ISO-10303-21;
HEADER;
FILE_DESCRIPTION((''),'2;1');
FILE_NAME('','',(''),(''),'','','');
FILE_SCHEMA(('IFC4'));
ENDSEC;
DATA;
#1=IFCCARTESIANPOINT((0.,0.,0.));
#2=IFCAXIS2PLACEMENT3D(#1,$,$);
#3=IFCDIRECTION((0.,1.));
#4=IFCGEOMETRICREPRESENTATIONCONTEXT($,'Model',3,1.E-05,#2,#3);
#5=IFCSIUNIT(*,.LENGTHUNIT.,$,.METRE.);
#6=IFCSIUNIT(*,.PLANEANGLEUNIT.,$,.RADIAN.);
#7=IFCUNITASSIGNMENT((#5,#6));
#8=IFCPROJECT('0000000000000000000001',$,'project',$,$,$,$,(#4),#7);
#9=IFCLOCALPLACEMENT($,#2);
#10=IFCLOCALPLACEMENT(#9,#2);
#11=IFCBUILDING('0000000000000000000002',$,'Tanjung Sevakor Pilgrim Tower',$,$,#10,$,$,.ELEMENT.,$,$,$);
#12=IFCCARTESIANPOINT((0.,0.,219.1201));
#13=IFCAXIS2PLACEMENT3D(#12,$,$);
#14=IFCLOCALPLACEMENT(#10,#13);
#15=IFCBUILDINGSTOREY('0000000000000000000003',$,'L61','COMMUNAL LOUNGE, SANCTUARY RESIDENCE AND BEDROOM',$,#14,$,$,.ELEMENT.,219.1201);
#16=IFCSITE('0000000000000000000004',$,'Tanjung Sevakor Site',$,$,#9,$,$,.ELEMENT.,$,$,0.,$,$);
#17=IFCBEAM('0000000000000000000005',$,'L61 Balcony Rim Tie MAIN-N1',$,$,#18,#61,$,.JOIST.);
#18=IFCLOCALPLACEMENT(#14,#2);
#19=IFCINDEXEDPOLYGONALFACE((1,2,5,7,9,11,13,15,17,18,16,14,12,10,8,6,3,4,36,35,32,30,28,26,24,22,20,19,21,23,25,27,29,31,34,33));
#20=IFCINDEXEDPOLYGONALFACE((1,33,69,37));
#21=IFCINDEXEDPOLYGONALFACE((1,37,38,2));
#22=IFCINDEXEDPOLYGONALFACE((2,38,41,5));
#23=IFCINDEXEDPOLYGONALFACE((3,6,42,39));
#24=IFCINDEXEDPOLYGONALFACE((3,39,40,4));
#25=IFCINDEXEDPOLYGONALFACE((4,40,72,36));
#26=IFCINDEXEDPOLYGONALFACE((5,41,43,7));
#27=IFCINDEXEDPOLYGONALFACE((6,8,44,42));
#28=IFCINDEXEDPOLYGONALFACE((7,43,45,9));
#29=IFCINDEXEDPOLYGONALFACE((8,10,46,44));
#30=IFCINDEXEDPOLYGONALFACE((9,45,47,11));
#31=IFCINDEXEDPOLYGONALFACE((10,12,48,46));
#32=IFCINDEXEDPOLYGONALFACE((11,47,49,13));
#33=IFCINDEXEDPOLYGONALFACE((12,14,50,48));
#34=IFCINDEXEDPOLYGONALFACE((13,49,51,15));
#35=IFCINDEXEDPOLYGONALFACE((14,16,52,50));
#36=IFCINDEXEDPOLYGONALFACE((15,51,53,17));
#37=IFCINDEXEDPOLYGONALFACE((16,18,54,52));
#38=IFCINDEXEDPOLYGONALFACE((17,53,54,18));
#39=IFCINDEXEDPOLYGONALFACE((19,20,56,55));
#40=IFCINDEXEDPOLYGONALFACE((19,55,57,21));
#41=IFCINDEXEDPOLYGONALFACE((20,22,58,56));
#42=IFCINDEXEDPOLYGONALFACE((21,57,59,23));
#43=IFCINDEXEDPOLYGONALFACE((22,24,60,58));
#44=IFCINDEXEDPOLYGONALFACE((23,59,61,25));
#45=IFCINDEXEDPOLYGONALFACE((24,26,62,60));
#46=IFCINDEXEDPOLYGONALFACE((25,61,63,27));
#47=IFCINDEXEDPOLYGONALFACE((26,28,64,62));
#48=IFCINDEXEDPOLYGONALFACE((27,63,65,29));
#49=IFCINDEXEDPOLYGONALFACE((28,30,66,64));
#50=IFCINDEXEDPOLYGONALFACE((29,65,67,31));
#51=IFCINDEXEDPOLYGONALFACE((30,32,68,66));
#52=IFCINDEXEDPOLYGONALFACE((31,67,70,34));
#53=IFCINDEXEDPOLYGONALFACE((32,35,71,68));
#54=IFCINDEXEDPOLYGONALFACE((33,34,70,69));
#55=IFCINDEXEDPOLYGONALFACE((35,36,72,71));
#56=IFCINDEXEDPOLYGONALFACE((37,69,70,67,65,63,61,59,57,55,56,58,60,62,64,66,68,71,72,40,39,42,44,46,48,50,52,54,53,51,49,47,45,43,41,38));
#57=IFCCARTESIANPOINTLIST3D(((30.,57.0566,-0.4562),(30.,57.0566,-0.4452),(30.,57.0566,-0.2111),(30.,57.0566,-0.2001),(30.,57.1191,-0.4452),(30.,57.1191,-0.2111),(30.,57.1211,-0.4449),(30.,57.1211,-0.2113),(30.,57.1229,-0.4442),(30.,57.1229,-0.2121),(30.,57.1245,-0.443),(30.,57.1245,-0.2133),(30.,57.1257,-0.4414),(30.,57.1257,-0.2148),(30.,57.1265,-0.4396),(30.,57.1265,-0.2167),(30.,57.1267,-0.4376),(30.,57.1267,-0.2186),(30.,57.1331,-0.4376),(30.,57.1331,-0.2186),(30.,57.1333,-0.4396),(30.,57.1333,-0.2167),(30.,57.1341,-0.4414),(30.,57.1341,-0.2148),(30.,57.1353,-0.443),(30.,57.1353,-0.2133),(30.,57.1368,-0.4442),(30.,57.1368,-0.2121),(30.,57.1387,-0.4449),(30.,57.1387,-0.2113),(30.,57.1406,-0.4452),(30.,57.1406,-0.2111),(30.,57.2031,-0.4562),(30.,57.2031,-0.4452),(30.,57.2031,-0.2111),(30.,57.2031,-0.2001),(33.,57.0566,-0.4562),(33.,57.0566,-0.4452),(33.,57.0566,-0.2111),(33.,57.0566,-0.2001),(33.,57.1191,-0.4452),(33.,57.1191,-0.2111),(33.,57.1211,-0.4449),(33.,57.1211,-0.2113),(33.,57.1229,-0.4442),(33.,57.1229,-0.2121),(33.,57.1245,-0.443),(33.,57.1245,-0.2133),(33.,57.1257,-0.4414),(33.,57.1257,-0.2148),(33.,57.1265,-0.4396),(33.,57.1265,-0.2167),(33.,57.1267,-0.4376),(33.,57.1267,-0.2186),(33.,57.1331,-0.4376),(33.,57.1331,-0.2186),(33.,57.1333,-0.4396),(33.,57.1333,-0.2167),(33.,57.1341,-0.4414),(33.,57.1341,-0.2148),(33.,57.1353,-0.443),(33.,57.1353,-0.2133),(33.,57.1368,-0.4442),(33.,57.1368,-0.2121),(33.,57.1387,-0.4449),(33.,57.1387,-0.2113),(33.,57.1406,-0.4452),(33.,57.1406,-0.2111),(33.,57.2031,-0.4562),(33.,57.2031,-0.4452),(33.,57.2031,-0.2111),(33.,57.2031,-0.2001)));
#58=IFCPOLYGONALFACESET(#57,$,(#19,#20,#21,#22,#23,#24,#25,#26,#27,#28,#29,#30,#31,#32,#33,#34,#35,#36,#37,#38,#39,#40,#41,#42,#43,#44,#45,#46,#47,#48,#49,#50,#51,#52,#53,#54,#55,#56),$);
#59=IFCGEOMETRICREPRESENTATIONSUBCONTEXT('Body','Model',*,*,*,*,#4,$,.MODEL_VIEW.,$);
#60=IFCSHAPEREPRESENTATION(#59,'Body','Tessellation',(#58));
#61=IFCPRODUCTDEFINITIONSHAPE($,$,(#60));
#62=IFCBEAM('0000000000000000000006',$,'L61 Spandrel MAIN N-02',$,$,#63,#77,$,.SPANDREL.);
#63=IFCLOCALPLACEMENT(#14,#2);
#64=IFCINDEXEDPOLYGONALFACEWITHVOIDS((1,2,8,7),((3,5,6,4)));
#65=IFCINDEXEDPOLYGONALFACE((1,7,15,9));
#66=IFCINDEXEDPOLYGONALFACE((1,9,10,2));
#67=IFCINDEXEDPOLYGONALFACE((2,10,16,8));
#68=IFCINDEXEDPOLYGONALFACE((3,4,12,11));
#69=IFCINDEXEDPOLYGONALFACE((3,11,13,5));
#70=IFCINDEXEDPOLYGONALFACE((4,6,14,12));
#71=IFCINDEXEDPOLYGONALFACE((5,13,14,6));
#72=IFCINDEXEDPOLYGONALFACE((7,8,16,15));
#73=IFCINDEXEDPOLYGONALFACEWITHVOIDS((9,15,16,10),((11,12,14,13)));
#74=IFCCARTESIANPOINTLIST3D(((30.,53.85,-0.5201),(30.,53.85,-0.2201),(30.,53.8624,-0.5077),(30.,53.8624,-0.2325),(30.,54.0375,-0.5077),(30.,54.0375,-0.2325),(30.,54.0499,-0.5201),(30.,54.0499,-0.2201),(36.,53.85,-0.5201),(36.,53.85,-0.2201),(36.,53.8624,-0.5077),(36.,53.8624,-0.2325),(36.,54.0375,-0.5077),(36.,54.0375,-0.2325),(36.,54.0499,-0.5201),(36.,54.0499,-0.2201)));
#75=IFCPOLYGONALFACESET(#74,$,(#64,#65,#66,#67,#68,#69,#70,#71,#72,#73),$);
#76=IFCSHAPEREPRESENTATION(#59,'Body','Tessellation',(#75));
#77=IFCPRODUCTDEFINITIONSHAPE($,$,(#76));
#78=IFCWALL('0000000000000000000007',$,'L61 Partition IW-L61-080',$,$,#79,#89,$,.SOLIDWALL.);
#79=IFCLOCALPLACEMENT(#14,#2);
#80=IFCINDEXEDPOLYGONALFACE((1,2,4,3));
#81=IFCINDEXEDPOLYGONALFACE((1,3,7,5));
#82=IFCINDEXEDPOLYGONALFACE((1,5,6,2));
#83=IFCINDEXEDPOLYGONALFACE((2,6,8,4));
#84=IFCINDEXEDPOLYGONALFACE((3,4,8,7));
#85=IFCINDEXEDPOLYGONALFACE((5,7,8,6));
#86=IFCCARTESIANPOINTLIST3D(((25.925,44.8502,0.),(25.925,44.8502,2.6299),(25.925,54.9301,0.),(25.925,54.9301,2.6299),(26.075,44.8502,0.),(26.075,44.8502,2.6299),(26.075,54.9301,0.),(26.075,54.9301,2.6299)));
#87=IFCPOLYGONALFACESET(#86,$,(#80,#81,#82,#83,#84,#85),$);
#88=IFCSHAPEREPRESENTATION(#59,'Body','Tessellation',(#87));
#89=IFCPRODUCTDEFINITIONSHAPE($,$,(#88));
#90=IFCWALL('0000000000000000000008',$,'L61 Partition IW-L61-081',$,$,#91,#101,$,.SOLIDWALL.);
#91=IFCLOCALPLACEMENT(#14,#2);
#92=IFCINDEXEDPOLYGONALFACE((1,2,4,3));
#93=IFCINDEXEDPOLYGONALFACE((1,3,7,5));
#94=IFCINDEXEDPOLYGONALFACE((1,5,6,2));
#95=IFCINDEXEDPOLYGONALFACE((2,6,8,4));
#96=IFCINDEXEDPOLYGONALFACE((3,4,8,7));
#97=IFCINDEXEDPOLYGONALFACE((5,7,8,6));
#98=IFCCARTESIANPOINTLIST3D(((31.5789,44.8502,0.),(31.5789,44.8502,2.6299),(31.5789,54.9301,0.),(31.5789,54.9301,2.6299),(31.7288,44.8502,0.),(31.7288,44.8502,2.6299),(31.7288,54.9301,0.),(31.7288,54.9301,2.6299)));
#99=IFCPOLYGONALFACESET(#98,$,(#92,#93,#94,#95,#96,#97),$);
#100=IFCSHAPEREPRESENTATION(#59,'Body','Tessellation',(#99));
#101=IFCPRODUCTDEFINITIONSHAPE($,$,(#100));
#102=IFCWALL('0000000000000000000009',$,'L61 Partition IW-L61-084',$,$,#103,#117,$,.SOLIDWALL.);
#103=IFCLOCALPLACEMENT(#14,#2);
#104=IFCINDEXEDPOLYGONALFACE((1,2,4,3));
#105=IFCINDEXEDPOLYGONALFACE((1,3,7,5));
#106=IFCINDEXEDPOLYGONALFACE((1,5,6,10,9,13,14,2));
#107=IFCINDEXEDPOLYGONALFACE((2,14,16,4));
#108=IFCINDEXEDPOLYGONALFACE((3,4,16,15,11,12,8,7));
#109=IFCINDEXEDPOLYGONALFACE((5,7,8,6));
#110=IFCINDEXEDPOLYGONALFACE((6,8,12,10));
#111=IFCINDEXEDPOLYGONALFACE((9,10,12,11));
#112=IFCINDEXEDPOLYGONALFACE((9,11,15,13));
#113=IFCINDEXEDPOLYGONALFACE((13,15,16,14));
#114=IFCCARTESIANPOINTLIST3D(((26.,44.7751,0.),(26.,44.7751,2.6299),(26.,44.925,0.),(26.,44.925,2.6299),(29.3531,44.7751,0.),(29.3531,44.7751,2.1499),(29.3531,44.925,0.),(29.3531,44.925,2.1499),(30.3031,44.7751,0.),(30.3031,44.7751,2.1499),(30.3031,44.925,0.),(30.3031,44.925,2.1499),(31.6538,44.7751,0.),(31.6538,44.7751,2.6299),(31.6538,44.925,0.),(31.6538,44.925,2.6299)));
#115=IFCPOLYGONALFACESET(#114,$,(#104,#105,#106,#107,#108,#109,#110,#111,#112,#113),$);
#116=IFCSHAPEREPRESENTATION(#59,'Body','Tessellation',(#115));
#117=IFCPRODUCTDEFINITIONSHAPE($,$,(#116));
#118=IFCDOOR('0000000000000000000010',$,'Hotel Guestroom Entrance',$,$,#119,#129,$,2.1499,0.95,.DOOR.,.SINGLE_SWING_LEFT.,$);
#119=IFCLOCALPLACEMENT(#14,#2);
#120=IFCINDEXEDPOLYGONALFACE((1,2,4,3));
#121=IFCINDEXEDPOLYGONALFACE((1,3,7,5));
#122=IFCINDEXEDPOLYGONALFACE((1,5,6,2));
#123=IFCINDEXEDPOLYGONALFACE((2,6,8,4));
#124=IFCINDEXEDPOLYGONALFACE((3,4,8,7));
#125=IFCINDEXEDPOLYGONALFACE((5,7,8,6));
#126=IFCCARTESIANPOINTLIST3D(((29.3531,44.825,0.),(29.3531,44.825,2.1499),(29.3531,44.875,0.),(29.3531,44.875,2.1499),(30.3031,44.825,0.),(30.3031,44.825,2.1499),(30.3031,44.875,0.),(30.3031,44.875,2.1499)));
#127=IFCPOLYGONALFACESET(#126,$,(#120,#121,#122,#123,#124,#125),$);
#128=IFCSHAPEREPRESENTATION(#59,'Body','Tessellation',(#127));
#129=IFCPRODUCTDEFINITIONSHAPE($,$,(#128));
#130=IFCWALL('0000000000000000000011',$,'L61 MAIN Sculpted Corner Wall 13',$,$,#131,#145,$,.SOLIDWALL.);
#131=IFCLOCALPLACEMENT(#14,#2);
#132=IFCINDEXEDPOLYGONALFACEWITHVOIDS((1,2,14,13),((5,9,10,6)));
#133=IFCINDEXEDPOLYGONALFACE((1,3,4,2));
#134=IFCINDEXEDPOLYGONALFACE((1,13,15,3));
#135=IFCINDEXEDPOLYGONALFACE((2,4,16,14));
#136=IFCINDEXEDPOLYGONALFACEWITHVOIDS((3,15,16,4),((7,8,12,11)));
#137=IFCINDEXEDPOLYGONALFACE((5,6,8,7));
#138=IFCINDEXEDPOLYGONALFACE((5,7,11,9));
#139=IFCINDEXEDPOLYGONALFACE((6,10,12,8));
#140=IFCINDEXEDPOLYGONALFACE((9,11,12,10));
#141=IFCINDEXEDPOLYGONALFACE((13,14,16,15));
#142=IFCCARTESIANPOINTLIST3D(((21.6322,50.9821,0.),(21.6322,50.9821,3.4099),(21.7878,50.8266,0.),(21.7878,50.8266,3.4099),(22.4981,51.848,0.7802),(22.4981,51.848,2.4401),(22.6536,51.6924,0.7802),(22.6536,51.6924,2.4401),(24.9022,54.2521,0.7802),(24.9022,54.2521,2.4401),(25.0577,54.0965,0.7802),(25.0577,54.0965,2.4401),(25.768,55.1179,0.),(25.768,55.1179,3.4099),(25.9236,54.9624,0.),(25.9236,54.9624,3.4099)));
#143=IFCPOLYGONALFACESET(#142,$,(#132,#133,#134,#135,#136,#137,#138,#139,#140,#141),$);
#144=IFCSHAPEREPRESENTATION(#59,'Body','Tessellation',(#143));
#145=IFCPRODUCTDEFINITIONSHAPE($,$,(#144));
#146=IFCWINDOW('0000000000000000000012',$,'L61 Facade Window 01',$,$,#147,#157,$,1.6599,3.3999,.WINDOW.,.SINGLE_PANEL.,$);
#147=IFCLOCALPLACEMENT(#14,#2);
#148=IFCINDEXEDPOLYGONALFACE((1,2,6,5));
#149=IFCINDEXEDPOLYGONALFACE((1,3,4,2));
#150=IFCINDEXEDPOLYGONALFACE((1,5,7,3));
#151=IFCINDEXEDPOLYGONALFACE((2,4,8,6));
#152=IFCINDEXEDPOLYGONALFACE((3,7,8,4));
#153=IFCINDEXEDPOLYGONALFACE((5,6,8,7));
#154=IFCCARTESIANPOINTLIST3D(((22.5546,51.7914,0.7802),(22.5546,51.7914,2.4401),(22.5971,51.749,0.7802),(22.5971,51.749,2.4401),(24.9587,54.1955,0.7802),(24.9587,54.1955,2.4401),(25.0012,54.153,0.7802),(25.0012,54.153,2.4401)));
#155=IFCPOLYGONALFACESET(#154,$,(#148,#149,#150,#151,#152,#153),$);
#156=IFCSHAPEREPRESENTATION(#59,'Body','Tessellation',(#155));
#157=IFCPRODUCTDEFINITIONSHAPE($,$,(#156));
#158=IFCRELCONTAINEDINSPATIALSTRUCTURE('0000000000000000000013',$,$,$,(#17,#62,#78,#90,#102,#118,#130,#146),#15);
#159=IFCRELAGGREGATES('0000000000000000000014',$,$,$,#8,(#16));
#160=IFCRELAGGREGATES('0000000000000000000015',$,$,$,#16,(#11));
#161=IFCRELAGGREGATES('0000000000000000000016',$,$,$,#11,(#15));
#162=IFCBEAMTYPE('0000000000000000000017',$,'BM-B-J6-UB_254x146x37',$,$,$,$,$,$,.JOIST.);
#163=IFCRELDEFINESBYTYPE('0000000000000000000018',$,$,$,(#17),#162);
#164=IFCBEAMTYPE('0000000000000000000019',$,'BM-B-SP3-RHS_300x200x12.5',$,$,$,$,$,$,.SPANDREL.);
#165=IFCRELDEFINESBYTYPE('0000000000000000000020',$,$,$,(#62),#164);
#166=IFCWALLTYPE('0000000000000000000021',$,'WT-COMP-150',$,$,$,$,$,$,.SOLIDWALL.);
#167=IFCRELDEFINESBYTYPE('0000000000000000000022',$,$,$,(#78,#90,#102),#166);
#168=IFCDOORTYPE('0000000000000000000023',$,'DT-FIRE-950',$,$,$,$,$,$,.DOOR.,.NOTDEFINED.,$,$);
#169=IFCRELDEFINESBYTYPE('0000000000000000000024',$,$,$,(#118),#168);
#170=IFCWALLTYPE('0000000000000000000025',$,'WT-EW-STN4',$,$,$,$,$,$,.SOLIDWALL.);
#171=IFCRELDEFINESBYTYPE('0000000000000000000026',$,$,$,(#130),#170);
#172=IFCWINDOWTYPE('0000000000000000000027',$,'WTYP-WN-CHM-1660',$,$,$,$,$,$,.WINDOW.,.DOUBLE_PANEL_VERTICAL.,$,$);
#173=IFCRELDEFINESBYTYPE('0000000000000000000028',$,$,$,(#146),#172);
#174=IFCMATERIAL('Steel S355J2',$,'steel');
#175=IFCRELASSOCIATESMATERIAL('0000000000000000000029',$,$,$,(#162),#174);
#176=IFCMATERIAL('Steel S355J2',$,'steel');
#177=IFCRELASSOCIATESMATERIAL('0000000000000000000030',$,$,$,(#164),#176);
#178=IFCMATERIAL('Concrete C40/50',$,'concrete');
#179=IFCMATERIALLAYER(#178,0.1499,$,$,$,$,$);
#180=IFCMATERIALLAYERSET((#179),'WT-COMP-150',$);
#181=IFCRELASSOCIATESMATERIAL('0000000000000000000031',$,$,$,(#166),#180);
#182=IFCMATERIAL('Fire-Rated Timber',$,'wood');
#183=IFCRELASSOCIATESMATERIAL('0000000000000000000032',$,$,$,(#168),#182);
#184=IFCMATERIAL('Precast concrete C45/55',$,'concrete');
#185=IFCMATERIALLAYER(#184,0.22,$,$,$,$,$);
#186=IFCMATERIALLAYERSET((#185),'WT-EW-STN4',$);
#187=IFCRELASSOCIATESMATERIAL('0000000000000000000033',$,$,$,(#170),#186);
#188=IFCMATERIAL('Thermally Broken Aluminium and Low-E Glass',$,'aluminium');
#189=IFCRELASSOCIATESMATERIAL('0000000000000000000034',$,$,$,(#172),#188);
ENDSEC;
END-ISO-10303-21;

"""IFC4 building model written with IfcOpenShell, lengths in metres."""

from ifc_helpers import new_model, si_unit, direction, frame, frame_2d, origin, origin_2d, place, context, subcontext, project, spatial, rectangle, hollow_rectangle, i_section, extrude, material, layer, layer_set, material_profile, profile_set, type_object, element, fill, save


model = new_model("IFC4")

# Units and contexts
model_context = context("Model", 3, precision=1e-05, world=origin(), true_north=direction((0.0, 1.0)))
body_context = subcontext(model_context, "Body", "Model", "MODEL_VIEW")
ifc_project = project(units=[si_unit("LENGTHUNIT", "METRE"), si_unit("PLANEANGLEUNIT", "RADIAN")], contexts=[model_context])

# Site, building, storey
site_placement = place(None, origin())
site = spatial("IfcSite", under=ifc_project, at=site_placement, Name="Tanjung Sevakor Site", CompositionType="ELEMENT", RefElevation=0.0)
building_placement = place(site_placement, origin())
building = spatial("IfcBuilding", under=site, at=building_placement, Name="Tanjung Sevakor Pilgrim Tower", CompositionType="ELEMENT")
storey_placement = place(building_placement, frame((0.0, 0.0, 219.1201)))
storey = spatial("IfcBuildingStorey", under=building, at=storey_placement, Name="L61", Description="COMMUNAL LOUNGE, SANCTUARY RESIDENCE AND BEDROOM", CompositionType="ELEMENT", Elevation=219.1201)

# Beams
ifc_material_1 = material(Name="Steel S355J2", Category="steel")
ifc_material_profile_1 = material_profile(ifc_material_1, i_section(OverallWidth=0.1465, OverallDepth=0.2561, WebThickness=0.0063, FlangeThickness=0.011, FilletRadius=0.0076, at=origin_2d()))
ifc_profile_set_1 = profile_set([ifc_material_profile_1], Name="Steel S355J2")
beam_type_1 = type_object("IfcBeamType", Name="BM-B-J6-UB_254x146x37", PredefinedType="JOIST", material=ifc_profile_set_1)
beam_1_placement = place(storey_placement, frame((30.0, 57.1299, -0.3281), z_axis=(1.0, 0.0, 0.0), x_axis=(0.0, 1.0, 0.0)))
element("IfcBeam", 1, at=beam_1_placement, inside=storey, type_object=beam_type_1, Name="L61 Balcony Rim Tie MAIN-N1", PredefinedType="JOIST", context=body_context, shape_type="SweptSolid", body=[
    extrude(i_section(OverallWidth=0.1465, OverallDepth=0.2561, WebThickness=0.0063, FlangeThickness=0.011, FilletRadius=0.0076, at=origin_2d()), origin(), (0.0, 0.0, 1.0), 3.0),
])
ifc_material_2 = material(Name="Steel S355J2", Category="steel")
ifc_material_profile_2 = material_profile(ifc_material_2, hollow_rectangle(XDim=0.2, YDim=0.3, WallThickness=0.0125, at=origin_2d()))
ifc_profile_set_2 = profile_set([ifc_material_profile_2], Name="Steel S355J2")
beam_type_2 = type_object("IfcBeamType", Name="BM-B-SP3-RHS_300x200x12.5", PredefinedType="SPANDREL", material=ifc_profile_set_2)
beam_2_placement = place(storey_placement, frame((30.0, 53.95, -0.3701), z_axis=(1.0, 0.0, 0.0), x_axis=(0.0, 1.0, 0.0)))
element("IfcBeam", 2, at=beam_2_placement, inside=storey, type_object=beam_type_2, Name="L61 Spandrel MAIN N-02", PredefinedType="SPANDREL", context=body_context, shape_type="SweptSolid", body=[
    extrude(hollow_rectangle(XDim=0.2, YDim=0.3, WallThickness=0.0125, at=origin_2d()), origin(), (0.0, 0.0, 1.0), 6.0),
])

# Walls
ifc_material_3 = material(Name="Concrete C40/50", Category="concrete")
ifc_layer_1 = layer(ifc_material_3, 0.1499)
ifc_layer_set_1 = layer_set([ifc_layer_1], Name="WT-COMP-150")
wall_type_1 = type_object("IfcWallType", Name="WT-COMP-150", PredefinedType="SOLIDWALL", material=ifc_layer_set_1)
for number, where, z_axis, x_axis, name in (
    (3, (26.0, 44.8501, 0.0), (0.0, 0.0, 1.0), (0.0, 1.0, 0.0), "L61 Partition IW-L61-080"),
    (4, (31.6538, 44.8501, 0.0), (0.0, 0.0, 1.0), (0.0, 1.0, 0.0), "L61 Partition IW-L61-081"),
):
    element("IfcWall", number, at=place(storey_placement, frame(where, z_axis=z_axis, x_axis=x_axis)), inside=storey, type_object=wall_type_1, Name=name, PredefinedType="SOLIDWALL", context=body_context, shape_type="SweptSolid", body=[
        extrude(rectangle(XDim=10.0798, YDim=0.1499, at=frame_2d((5.04, 0.0))), origin(), (0.0, 0.0, 1.0), 2.6299),
    ])

# Wall, opening, door
wall_1_placement = place(storey_placement, frame((26.0, 44.8501, 0.0), z_axis=(0.0, 0.0, 1.0), x_axis=(1.0, 0.0, 0.0)))
wall_1 = element("IfcWall", 5, at=wall_1_placement, inside=storey, type_object=wall_type_1, Name="L61 Partition IW-L61-084", PredefinedType="SOLIDWALL", context=body_context, shape_type="SweptSolid", body=[
    extrude(rectangle(XDim=5.6538, YDim=0.1499, at=frame_2d((2.8269, 0.0))), origin(), (0.0, 0.0, 1.0), 2.6299),
])
opening_1_placement = place(wall_1_placement, frame((3.353, 0.0, 0.0)))
opening_1 = element("IfcOpeningElement", 6, at=opening_1_placement, cuts=wall_1, PredefinedType="OPENING", context=body_context, shape_type="SweptSolid", body=[
    extrude(rectangle(XDim=0.95, YDim=2.1499, at=frame_2d((0.4751, 1.075))), frame((0.0, 0.085, 0.0), z_axis=(0.0, -1.0, 0.0), x_axis=(1.0, 0.0, 0.0)), (0.0, 0.0, 1.0), 0.1699),
])
ifc_material_4 = material(Name="Fire-Rated Timber", Category="wood")
door_type_1 = type_object("IfcDoorType", Name="DT-FIRE-950", OperationType="NOTDEFINED", PredefinedType="DOOR", material=ifc_material_4)
door_1_placement = place(opening_1_placement, origin())
door_1 = element("IfcDoor", 7, at=door_1_placement, inside=storey, type_object=door_type_1, Name="Hotel Guestroom Entrance", OperationType="SINGLE_SWING_LEFT", OverallHeight=2.1499, OverallWidth=0.95, PredefinedType="DOOR", context=body_context, shape_type="SweptSolid", body=[
    extrude(rectangle(XDim=0.95, YDim=2.1499, at=frame_2d((0.4751, 1.075))), frame((0.0, 0.0249, 0.0), z_axis=(0.0, -1.0, 0.0), x_axis=(1.0, 0.0, 0.0)), (0.0, 0.0, 1.0), 0.05),
])
fill(opening_1, door_1)

# Wall, opening, window
ifc_material_5 = material(Name="Precast concrete C45/55", Category="concrete")
ifc_layer_2 = layer(ifc_material_5, 0.22)
ifc_layer_set_2 = layer_set([ifc_layer_2], Name="WT-EW-STN4")
wall_type_2 = type_object("IfcWallType", Name="WT-EW-STN4", PredefinedType="SOLIDWALL", material=ifc_layer_set_2)
wall_2_placement = place(storey_placement, frame((25.8457, 55.04, 0.0), z_axis=(0.0, 0.0, 1.0), x_axis=(-0.707107, -0.707107, 0.0)))
wall_2 = element("IfcWall", 8, at=wall_2_placement, inside=storey, type_object=wall_type_2, Name="L61 MAIN Sculpted Corner Wall 13", PredefinedType="SOLIDWALL", context=body_context, shape_type="SweptSolid", body=[
    extrude(rectangle(XDim=5.8489, YDim=0.22, at=frame_2d((2.9243, 0.0))), origin(), (0.0, 0.0, 1.0), 3.4099),
])
opening_2_placement = place(wall_2_placement, frame((1.2244, 0.0, 0.78)))
opening_2 = element("IfcOpeningElement", 9, at=opening_2_placement, cuts=wall_2, PredefinedType="OPENING", context=body_context, shape_type="SweptSolid", body=[
    extrude(rectangle(XDim=3.3999, YDim=1.6599, at=frame_2d((1.7, 0.8301))), frame((0.0, 0.1199, 0.0), z_axis=(0.0, -1.0, 0.0), x_axis=(1.0, 0.0, 0.0)), (0.0, 0.0, 1.0), 0.24),
])
ifc_material_6 = material(Name="Thermally Broken Aluminium and Low-E Glass", Category="aluminium")
window_type_1 = type_object("IfcWindowType", Name="WTYP-WN-CHM-1660", PartitioningType="DOUBLE_PANEL_VERTICAL", PredefinedType="WINDOW", material=ifc_material_6)
window_1_placement = place(opening_2_placement, origin())
window_1 = element("IfcWindow", 10, at=window_1_placement, inside=storey, type_object=window_type_1, Name="L61 Facade Window 01", OverallHeight=1.6599, OverallWidth=3.3999, PartitioningType="SINGLE_PANEL", PredefinedType="WINDOW", context=body_context, shape_type="SweptSolid", body=[
    extrude(rectangle(XDim=3.3999, YDim=1.6599, at=frame_2d((1.7, 0.8301))), frame((0.0, 0.03, 0.0), z_axis=(0.0, -1.0, 0.0), x_axis=(1.0, 0.0, 0.0)), (0.0, 0.0, 1.0), 0.0601),
])
fill(opening_2, window_1)

save(model, "model.ifc")
